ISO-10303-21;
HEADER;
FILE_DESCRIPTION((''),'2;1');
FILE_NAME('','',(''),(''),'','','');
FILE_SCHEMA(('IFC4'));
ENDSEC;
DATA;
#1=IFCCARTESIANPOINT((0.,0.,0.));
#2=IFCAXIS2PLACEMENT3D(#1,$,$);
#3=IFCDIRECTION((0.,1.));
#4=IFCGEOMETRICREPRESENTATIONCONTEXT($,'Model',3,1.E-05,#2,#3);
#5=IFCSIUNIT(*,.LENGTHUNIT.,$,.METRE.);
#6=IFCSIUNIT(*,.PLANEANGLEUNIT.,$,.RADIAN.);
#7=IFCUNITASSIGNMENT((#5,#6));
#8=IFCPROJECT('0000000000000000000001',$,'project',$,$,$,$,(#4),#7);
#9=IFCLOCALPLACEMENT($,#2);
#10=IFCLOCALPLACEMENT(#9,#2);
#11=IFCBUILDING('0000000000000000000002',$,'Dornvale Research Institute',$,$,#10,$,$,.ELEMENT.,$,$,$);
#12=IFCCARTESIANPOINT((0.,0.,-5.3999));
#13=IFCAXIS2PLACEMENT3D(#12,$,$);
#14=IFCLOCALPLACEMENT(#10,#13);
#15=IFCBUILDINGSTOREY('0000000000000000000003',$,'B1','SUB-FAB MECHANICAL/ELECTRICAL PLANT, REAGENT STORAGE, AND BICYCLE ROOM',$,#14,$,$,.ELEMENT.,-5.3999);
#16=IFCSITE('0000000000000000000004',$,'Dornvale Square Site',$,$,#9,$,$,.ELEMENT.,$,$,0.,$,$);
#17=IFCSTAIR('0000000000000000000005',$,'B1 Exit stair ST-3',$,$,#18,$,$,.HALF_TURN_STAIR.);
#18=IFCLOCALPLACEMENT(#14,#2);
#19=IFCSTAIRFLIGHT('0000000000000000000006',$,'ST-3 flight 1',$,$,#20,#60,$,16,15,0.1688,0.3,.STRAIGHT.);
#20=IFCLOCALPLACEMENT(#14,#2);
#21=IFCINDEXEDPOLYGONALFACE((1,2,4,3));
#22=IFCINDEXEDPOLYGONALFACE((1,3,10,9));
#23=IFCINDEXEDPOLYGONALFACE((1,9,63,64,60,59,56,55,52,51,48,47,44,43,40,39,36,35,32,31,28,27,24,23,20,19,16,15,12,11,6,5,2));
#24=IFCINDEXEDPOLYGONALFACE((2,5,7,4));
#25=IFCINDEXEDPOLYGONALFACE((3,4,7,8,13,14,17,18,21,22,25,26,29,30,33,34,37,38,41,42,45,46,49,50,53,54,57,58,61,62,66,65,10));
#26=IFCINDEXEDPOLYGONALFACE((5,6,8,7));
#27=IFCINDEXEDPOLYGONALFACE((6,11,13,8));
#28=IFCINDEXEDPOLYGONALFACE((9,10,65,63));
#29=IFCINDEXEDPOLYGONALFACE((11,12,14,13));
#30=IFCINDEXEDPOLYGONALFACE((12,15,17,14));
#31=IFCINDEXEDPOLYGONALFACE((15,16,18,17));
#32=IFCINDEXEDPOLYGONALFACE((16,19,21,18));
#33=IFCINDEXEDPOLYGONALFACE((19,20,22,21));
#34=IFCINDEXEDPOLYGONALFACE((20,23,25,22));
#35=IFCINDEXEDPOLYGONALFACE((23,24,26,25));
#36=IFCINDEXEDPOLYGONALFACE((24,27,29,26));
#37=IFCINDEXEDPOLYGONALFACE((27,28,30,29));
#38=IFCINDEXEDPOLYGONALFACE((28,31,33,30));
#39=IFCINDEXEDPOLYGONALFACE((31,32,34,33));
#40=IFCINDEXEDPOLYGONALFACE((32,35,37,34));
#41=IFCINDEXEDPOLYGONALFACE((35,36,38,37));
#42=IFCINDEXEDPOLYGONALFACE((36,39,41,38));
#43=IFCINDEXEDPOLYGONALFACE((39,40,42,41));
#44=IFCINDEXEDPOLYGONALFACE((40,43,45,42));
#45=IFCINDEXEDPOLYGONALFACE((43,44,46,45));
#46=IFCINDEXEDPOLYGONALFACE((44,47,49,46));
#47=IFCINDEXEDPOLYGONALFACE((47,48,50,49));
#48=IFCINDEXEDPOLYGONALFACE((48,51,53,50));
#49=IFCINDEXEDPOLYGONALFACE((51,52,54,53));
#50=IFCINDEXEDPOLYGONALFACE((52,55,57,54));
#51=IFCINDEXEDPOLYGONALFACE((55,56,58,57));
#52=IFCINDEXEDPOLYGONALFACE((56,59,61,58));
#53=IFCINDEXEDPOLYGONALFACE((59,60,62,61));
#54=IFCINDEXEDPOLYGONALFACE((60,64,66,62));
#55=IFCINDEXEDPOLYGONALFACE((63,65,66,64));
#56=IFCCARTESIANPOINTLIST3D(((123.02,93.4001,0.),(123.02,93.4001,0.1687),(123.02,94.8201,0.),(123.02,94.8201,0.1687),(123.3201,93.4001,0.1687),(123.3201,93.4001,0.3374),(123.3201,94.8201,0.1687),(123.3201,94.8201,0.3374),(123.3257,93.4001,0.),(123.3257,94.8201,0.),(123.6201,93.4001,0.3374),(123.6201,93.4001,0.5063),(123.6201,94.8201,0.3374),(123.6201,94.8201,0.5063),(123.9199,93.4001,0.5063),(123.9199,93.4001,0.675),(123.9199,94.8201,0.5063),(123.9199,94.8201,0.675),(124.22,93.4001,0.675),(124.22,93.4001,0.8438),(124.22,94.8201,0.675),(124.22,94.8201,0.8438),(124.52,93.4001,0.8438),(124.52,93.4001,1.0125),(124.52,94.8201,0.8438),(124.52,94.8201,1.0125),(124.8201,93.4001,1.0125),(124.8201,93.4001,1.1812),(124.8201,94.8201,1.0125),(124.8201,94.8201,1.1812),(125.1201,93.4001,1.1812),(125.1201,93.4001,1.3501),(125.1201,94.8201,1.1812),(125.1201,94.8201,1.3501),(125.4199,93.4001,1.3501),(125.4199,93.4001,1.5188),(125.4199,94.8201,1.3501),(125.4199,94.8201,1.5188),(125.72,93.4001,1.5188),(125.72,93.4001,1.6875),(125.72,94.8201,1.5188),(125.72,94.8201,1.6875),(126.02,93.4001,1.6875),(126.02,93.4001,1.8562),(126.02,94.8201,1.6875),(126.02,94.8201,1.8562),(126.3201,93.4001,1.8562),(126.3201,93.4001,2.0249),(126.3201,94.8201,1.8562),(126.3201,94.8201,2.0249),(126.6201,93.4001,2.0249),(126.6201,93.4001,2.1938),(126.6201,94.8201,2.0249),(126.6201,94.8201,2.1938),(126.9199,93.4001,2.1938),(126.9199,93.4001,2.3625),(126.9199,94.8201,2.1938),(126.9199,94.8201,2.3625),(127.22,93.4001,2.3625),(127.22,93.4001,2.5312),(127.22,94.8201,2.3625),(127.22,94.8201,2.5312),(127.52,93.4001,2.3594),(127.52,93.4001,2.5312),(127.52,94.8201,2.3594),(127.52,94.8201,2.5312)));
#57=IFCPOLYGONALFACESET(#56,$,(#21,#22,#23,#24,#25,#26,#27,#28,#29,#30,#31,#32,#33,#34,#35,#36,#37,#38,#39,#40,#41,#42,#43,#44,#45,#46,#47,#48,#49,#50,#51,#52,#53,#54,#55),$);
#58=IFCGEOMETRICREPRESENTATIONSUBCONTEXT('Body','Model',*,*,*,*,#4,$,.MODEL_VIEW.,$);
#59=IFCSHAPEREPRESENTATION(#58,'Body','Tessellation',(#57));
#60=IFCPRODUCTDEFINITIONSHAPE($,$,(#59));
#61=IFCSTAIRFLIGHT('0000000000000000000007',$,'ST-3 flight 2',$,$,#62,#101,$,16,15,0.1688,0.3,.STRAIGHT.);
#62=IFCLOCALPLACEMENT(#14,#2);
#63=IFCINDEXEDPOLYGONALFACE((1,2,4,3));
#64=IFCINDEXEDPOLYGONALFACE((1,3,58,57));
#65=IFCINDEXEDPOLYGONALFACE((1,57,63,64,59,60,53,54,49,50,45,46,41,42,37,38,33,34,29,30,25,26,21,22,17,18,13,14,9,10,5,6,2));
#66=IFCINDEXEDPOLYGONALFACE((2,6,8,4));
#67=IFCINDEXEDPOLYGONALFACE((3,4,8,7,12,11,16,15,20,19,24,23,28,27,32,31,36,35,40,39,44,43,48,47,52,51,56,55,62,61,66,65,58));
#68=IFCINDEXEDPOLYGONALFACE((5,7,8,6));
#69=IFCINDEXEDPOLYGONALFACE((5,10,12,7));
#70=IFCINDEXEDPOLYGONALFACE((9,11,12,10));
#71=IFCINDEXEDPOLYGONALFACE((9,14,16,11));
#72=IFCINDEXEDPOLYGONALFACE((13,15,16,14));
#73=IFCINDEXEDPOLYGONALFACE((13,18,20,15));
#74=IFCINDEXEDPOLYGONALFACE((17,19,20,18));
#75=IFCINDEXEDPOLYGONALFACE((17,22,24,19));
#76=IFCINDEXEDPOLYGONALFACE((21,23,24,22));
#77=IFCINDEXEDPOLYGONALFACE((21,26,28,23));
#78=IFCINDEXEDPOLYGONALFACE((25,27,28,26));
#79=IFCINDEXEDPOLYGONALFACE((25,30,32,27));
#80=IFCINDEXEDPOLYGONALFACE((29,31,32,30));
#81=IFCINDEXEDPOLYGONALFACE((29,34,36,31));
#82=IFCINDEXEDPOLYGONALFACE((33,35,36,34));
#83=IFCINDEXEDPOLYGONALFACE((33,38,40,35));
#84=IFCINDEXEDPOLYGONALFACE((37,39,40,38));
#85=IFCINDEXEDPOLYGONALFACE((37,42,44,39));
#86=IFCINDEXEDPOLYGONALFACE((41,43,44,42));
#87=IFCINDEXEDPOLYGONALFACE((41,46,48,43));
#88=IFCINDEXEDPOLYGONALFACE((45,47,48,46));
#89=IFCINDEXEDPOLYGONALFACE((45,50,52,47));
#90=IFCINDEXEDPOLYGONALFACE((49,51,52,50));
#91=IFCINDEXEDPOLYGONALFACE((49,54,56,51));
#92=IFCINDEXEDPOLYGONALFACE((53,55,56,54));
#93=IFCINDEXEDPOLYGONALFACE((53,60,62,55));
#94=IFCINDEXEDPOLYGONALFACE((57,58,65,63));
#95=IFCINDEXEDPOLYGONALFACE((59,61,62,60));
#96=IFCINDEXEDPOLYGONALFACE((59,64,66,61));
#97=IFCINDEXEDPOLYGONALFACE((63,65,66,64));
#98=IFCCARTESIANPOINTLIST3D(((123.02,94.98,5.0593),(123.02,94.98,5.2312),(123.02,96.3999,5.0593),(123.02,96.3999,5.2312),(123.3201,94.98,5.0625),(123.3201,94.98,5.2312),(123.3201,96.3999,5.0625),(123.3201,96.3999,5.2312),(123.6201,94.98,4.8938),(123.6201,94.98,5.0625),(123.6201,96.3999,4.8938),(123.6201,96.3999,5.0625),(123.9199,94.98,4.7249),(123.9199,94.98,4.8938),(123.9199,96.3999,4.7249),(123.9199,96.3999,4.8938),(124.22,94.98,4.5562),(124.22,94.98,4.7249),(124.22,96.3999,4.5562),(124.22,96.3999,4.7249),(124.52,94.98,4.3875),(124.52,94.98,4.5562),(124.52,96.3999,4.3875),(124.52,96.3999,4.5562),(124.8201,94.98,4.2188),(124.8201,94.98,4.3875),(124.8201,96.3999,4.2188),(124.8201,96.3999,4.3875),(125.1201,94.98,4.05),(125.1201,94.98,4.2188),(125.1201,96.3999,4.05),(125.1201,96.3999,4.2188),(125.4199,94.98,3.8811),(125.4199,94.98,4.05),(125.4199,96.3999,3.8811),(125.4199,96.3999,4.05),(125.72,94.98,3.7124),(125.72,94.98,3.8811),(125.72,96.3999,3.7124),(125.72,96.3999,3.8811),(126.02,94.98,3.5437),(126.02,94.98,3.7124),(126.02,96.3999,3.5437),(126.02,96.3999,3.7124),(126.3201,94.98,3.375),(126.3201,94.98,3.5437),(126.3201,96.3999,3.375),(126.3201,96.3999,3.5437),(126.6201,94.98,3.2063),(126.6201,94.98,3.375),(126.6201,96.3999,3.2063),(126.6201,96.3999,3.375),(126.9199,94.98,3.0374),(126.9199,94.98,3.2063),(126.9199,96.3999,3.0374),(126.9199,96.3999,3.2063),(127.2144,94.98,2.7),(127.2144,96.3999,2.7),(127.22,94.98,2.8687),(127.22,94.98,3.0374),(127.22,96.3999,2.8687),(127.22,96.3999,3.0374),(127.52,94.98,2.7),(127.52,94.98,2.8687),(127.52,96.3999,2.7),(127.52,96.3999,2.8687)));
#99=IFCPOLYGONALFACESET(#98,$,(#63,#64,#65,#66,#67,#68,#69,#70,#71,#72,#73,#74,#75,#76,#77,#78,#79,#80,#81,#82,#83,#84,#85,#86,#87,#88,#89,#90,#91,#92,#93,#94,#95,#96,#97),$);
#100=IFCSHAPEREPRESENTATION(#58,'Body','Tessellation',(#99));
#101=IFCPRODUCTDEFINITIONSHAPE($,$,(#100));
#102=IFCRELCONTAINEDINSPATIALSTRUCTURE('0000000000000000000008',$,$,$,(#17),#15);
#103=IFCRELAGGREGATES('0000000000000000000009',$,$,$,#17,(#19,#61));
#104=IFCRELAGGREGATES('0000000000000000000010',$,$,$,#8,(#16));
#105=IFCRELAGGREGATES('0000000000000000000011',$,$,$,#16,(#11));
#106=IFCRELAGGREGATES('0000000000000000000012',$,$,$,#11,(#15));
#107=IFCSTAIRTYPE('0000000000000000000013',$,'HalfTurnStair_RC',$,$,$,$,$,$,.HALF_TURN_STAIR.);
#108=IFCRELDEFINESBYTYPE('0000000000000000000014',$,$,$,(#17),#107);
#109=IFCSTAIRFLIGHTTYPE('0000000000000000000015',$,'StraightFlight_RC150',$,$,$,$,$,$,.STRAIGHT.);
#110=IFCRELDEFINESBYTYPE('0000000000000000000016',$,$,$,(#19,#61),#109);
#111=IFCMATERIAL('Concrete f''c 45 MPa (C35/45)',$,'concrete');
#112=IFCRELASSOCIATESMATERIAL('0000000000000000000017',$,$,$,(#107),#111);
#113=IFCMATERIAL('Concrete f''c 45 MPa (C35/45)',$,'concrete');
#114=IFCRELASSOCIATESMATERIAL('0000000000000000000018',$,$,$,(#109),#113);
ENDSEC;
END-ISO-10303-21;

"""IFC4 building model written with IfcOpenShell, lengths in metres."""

from ifc_helpers import new_model, si_unit, direction, frame, origin, place, context, subcontext, project, spatial, polyline, outline, extrude, material, type_object, element, aggregate, save


model = new_model("IFC4")

# Units and contexts
model_context = context("Model", 3, precision=1e-05, world=origin(), true_north=direction((0.0, 1.0)))
body_context = subcontext(model_context, "Body", "Model", "MODEL_VIEW")
ifc_project = project(units=[si_unit("LENGTHUNIT", "METRE"), si_unit("PLANEANGLEUNIT", "RADIAN")], contexts=[model_context])

# Site, building, storey
site_placement = place(None, origin())
site = spatial("IfcSite", under=ifc_project, at=site_placement, Name="Dornvale Square Site", CompositionType="ELEMENT", RefElevation=0.0)
building_placement = place(site_placement, origin())
building = spatial("IfcBuilding", under=site, at=building_placement, Name="Dornvale Research Institute", CompositionType="ELEMENT")
storey_placement = place(building_placement, frame((0.0, 0.0, -5.3999)))
storey = spatial("IfcBuildingStorey", under=building, at=storey_placement, Name="B1", Description="SUB-FAB MECHANICAL/ELECTRICAL PLANT, REAGENT STORAGE, AND BICYCLE ROOM", CompositionType="ELEMENT", Elevation=-5.3999)

# Stair, stair flights
ifc_material_1 = material(Name="Concrete f'c 45 MPa (C35/45)", Category="concrete")
stair_type = type_object("IfcStairType", Name="HalfTurnStair_RC", PredefinedType="HALF_TURN_STAIR", material=ifc_material_1)
stair_placement = place(storey_placement, origin())
stair = element("IfcStair", 1, at=stair_placement, inside=storey, type_object=stair_type, Name="B1 Exit stair ST-3", PredefinedType="HALF_TURN_STAIR")
ifc_material_2 = material(Name="Concrete f'c 45 MPa (C35/45)", Category="concrete")
stair_flight_type = type_object("IfcStairFlightType", Name="StraightFlight_RC150", PredefinedType="STRAIGHT", material=ifc_material_2)
stair_flight_1_placement = place(storey_placement, frame((123.02, 94.1101, 0.0), z_axis=(0.0, 0.0, 1.0), x_axis=(1.0, 0.0, 0.0)))
stair_flight_1 = element("IfcStairFlight", 2, at=stair_flight_1_placement, type_object=stair_flight_type, Name="ST-3 flight 1", NumberOfRisers=16, NumberOfTreads=15, PredefinedType="STRAIGHT", RiserHeight=0.1688, TreadLength=0.3, context=body_context, shape_type="SweptSolid", body=[
    extrude(outline(polyline([(0.0, 0.0), (0.0, 0.1687), (0.3, 0.1687), (0.3, 0.3374), (0.6001, 0.3374), (0.6001, 0.5063), (0.8999, 0.5063), (0.8999, 0.675), (1.2, 0.675), (1.2, 0.8438), (1.5, 0.8438), (1.5, 1.0125), (1.8, 1.0125), (1.8, 1.1812), (2.1001, 1.1812), (2.1001, 1.3501), (2.3999, 1.3501), (2.3999, 1.5188), (2.7, 1.5188), (2.7, 1.6875), (3.0, 1.6875), (3.0, 1.8562), (3.3, 1.8562), (3.3, 2.0249), (3.6001, 2.0249), (3.6001, 2.1938), (3.8999, 2.1938), (3.8999, 2.3625), (4.2, 2.3625), (4.2, 2.5312), (4.5, 2.5312), (4.5, 2.7), (4.5, 2.3594), (0.3057, 0.0), (0.0, 0.0)])), frame((0.0, 0.71, 0.0), z_axis=(0.0, -1.0, 0.0), x_axis=(1.0, 0.0, 0.0)), (0.0, 0.0, 1.0), 1.4199),
])
stair_flight_2_placement = place(storey_placement, frame((127.52, 95.6899, 2.7), z_axis=(0.0, 0.0, 1.0), x_axis=(-1.0, 0.0, 0.0)))
stair_flight_2 = element("IfcStairFlight", 3, at=stair_flight_2_placement, type_object=stair_flight_type, Name="ST-3 flight 2", NumberOfRisers=16, NumberOfTreads=15, PredefinedType="STRAIGHT", RiserHeight=0.1688, TreadLength=0.3, context=body_context, shape_type="SweptSolid", body=[
    extrude(outline(polyline([(0.0, 0.0), (0.0, 0.1687), (0.3, 0.1687), (0.3, 0.3374), (0.6001, 0.3374), (0.6001, 0.5063), (0.8999, 0.5063), (0.8999, 0.675), (1.2, 0.675), (1.2, 0.8438), (1.5, 0.8438), (1.5, 1.0125), (1.8, 1.0125), (1.8, 1.1812), (2.1001, 1.1812), (2.1001, 1.3501), (2.3999, 1.3501), (2.3999, 1.5188), (2.7, 1.5188), (2.7, 1.6875), (3.0, 1.6875), (3.0, 1.8562), (3.3, 1.8562), (3.3, 2.0249), (3.6001, 2.0249), (3.6001, 2.1938), (3.8999, 2.1938), (3.8999, 2.3625), (4.2, 2.3625), (4.2, 2.5312), (4.5, 2.5312), (4.5, 2.7), (4.5, 2.3594), (0.3057, 0.0), (0.0, 0.0)])), frame((0.0, 0.71, 0.0), z_axis=(0.0, -1.0, 0.0), x_axis=(1.0, 0.0, 0.0)), (0.0, 0.0, 1.0), 1.4199),
])
aggregate(stair, [stair_flight_1, stair_flight_2])

save(model, "model.ifc")
